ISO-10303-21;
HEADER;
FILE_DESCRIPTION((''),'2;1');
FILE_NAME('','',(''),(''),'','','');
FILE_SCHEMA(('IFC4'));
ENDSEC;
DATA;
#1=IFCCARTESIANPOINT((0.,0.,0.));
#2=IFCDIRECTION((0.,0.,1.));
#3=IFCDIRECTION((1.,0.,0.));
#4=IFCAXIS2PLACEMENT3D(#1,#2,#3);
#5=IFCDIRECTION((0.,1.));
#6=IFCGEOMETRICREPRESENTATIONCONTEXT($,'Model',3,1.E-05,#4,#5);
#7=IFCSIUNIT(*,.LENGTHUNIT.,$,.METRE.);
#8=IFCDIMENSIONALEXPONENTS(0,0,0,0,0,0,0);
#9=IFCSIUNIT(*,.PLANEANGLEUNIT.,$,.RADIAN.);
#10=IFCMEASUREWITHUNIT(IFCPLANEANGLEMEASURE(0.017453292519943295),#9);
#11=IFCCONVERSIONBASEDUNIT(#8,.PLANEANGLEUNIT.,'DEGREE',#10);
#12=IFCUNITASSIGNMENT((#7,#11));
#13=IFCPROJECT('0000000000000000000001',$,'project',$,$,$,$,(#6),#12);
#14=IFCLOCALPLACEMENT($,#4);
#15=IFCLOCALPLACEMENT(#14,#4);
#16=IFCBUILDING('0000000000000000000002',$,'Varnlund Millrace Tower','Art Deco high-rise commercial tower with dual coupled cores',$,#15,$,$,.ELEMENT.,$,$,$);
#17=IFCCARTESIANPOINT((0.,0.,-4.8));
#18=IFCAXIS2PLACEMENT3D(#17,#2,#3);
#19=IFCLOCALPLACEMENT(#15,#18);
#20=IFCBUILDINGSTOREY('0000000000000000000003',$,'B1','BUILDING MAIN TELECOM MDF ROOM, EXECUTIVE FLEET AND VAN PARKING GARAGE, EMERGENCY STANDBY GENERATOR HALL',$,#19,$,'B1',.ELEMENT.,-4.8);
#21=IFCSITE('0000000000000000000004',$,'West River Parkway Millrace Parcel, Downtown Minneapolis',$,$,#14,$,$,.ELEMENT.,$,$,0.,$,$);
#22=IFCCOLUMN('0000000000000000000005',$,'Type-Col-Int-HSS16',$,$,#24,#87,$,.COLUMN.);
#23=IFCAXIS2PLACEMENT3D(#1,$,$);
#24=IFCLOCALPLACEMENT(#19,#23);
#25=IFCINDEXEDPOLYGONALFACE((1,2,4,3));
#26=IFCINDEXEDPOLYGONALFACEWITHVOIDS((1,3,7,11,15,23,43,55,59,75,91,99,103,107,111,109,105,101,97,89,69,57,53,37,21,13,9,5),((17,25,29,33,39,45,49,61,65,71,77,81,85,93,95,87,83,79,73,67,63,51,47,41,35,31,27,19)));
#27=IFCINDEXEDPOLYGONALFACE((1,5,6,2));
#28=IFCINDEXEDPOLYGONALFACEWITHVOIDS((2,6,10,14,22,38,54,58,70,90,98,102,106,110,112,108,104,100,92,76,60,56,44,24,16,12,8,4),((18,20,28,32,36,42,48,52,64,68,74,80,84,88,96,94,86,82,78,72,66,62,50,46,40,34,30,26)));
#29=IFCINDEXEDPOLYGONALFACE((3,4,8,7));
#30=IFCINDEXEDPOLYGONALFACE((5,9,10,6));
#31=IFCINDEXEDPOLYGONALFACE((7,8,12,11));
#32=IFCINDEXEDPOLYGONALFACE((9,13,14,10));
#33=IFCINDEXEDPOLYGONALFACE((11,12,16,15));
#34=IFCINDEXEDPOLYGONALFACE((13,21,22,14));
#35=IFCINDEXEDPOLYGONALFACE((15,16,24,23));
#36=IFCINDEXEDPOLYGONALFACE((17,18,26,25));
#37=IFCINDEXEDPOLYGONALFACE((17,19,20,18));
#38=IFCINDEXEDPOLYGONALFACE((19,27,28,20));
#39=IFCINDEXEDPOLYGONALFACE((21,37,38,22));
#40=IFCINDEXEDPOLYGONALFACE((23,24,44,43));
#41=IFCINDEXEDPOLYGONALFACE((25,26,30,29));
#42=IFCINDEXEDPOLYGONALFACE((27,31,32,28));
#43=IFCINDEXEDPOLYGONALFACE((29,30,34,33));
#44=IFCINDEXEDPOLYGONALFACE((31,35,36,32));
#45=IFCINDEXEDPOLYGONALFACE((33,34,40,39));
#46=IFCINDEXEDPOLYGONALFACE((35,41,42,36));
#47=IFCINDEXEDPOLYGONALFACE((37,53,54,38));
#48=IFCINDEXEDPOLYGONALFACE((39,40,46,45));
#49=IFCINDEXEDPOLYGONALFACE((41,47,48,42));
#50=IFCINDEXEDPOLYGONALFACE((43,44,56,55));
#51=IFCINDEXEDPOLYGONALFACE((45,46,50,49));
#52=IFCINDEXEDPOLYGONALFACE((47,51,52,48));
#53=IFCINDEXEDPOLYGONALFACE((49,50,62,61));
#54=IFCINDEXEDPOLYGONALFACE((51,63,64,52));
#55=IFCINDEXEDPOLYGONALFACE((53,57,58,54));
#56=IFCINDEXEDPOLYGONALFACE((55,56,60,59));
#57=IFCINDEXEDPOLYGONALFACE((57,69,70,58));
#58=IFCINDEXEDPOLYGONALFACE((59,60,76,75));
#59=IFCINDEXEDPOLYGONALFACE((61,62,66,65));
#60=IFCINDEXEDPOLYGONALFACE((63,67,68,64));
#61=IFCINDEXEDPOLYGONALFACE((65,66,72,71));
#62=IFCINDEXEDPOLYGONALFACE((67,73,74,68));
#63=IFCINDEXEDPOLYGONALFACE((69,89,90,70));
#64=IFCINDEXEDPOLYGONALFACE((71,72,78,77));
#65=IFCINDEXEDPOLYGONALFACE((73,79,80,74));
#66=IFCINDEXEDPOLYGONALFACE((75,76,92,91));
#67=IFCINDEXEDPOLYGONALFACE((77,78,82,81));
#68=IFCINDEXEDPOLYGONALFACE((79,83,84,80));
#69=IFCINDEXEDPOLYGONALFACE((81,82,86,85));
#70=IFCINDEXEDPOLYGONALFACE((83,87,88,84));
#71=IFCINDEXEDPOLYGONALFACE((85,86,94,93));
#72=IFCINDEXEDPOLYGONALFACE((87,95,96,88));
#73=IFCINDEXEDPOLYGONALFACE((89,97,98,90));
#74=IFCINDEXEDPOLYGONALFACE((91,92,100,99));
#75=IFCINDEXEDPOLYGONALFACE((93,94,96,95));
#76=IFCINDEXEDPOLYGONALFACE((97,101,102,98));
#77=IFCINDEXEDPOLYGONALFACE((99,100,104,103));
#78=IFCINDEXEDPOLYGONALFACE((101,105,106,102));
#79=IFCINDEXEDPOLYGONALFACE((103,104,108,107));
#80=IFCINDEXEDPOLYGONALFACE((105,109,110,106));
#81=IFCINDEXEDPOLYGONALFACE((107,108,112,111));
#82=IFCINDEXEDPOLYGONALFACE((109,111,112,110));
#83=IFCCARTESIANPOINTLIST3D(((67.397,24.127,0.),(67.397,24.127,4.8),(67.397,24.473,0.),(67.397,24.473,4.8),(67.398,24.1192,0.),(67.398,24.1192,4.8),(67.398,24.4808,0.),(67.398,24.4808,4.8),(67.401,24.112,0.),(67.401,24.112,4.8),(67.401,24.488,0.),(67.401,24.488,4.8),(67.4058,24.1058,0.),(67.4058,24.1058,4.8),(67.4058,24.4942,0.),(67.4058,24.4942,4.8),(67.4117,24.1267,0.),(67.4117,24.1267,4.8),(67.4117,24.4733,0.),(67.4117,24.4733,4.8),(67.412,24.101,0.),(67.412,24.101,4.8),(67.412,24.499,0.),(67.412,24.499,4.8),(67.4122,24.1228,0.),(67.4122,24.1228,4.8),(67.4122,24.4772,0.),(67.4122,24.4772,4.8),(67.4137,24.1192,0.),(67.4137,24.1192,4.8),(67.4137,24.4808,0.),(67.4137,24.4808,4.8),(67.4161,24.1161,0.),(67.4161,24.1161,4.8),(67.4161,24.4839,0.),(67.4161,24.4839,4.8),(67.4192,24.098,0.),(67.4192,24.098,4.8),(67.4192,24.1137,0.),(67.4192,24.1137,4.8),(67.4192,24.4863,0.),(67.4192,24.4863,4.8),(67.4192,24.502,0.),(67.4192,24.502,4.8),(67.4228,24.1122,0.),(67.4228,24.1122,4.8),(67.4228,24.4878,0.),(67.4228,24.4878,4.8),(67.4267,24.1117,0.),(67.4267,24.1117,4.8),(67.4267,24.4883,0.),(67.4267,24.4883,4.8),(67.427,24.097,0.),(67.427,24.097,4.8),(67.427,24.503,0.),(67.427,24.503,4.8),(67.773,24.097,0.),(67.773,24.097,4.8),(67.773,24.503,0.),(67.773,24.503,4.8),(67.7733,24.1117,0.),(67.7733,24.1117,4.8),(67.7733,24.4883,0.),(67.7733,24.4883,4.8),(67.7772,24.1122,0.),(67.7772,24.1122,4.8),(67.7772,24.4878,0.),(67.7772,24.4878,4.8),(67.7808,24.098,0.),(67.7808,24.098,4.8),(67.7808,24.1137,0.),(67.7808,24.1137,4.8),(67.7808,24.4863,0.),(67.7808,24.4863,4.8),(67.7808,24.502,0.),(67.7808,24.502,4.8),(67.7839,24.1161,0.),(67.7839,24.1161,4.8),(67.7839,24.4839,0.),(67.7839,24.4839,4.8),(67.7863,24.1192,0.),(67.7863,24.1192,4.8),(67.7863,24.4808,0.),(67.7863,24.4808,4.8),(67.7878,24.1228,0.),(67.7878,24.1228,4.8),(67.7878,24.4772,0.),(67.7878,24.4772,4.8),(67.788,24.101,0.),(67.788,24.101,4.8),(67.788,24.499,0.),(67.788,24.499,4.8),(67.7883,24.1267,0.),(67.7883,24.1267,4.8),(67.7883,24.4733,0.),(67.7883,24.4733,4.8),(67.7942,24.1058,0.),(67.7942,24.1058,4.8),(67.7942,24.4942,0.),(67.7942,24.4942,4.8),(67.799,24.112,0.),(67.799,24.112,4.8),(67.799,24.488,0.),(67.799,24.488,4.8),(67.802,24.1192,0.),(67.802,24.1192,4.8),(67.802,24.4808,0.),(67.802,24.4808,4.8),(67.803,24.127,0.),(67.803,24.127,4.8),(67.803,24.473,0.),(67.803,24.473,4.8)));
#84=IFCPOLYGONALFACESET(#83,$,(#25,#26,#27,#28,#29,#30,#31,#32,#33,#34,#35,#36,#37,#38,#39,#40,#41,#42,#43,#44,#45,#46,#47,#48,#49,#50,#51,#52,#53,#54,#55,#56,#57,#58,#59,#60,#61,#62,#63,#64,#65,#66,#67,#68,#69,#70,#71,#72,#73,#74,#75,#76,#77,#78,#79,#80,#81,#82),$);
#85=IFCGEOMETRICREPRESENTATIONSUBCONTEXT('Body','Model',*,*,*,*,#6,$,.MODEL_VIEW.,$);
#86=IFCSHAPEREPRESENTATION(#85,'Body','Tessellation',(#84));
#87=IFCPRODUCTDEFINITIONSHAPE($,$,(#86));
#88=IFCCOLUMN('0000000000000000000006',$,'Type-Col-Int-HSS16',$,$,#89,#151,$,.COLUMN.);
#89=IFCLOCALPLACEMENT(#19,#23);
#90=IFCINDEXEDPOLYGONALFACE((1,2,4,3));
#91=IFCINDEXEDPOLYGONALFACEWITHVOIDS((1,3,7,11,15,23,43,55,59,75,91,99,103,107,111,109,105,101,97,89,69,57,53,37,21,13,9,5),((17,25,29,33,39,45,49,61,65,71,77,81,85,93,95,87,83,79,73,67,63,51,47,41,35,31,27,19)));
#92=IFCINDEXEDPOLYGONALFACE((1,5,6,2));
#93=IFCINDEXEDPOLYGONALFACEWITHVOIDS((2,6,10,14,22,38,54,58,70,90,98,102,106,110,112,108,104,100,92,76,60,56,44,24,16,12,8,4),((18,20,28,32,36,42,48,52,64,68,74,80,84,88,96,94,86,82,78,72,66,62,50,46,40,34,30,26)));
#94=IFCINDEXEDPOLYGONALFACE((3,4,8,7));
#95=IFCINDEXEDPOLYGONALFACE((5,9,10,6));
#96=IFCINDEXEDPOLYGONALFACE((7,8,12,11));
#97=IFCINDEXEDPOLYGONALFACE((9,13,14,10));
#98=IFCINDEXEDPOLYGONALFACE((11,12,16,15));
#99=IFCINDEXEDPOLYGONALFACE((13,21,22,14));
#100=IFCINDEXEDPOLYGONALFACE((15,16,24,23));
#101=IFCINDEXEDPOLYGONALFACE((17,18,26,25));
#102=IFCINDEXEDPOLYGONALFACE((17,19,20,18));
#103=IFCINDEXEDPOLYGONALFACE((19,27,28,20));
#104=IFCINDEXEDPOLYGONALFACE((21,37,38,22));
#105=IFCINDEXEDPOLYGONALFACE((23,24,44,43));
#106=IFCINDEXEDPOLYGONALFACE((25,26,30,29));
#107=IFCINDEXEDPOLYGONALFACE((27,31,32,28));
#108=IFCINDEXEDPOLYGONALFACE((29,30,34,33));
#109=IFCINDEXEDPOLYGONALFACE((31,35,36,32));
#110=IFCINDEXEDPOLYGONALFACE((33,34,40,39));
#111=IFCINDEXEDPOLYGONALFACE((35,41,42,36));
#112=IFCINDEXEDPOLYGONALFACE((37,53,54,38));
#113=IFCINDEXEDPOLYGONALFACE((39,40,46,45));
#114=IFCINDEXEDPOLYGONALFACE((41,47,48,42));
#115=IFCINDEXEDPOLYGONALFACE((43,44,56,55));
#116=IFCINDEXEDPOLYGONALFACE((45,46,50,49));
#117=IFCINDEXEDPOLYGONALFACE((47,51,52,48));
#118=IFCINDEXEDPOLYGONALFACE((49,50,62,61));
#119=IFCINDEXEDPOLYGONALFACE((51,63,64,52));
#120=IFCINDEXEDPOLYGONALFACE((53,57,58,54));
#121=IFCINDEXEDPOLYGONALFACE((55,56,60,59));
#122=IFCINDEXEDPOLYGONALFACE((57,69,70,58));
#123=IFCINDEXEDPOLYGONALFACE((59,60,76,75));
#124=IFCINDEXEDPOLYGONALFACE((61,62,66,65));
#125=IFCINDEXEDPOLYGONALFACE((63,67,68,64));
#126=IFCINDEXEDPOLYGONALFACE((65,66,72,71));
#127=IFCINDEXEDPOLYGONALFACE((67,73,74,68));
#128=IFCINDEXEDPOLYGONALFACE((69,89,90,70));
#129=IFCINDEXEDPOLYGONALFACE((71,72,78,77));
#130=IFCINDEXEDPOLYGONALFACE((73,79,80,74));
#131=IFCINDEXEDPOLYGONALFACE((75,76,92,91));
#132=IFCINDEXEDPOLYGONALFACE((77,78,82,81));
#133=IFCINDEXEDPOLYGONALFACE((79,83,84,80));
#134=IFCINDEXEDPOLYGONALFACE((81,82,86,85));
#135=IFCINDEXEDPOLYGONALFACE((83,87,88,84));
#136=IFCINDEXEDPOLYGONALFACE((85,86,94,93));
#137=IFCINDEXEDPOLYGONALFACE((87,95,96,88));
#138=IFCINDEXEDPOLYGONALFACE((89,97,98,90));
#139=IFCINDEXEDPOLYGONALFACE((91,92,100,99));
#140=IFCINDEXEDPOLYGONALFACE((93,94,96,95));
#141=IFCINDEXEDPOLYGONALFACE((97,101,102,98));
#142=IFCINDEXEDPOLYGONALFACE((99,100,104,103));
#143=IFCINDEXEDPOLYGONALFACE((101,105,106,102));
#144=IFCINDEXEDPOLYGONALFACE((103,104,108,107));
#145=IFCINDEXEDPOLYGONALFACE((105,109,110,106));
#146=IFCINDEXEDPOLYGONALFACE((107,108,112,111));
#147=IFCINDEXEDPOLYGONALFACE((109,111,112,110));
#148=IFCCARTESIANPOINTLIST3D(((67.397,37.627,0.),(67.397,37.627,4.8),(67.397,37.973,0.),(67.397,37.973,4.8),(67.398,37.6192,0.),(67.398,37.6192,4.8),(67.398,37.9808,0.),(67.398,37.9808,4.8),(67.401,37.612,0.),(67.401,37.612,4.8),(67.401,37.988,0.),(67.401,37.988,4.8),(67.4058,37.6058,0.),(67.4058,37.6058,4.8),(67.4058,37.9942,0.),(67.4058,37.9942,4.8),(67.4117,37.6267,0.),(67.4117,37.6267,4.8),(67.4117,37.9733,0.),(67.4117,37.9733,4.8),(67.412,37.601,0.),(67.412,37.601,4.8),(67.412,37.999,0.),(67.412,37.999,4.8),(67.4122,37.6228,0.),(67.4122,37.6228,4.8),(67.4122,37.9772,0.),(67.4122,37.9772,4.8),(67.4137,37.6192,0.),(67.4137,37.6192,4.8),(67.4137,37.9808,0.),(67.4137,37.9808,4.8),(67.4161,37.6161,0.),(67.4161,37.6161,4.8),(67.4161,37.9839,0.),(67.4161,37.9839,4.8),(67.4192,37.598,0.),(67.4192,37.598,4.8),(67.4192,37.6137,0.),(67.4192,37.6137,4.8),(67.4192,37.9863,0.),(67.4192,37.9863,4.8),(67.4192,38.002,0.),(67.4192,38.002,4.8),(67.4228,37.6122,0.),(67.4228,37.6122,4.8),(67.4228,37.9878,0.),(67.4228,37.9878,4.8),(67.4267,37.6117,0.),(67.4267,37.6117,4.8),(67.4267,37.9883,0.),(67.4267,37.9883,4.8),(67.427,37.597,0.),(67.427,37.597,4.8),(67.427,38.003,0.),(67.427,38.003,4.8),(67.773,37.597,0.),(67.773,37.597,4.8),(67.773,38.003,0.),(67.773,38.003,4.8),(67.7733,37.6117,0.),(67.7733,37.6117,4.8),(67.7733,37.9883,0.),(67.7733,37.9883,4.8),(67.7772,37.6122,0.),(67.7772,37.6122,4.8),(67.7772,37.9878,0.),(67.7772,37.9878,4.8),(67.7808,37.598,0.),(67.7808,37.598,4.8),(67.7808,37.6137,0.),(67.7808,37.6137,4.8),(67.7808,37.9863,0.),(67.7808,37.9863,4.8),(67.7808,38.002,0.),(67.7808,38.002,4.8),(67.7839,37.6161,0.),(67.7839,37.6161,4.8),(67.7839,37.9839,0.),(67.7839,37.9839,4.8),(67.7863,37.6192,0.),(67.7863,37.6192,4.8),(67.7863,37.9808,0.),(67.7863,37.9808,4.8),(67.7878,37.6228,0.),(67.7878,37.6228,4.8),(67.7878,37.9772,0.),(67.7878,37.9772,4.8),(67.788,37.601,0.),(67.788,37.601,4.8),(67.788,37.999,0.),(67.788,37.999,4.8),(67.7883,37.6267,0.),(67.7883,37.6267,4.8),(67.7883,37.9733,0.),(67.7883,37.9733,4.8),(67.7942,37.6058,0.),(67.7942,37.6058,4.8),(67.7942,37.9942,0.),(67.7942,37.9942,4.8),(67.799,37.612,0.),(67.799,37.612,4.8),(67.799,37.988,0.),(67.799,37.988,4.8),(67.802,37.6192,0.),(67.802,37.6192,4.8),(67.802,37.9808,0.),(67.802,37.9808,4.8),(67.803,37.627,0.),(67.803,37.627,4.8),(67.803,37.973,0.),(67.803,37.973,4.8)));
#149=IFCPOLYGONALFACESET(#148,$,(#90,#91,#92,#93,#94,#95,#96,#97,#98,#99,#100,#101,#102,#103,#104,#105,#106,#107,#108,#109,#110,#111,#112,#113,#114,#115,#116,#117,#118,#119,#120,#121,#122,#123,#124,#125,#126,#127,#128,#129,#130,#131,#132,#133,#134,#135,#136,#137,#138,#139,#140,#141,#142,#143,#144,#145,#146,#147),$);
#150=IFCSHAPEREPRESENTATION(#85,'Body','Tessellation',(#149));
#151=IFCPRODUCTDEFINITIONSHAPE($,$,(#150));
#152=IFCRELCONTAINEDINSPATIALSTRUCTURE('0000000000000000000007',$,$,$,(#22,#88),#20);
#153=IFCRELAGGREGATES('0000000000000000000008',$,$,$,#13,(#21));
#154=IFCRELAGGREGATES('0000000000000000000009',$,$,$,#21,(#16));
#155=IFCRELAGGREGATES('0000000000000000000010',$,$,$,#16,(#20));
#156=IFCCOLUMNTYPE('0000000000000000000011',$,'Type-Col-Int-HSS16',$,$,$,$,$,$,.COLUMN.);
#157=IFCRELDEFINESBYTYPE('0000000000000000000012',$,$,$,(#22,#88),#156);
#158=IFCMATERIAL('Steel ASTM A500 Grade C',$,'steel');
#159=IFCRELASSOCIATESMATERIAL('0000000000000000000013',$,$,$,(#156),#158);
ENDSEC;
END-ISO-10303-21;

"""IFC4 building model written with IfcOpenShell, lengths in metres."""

from ifc_helpers import new_model, entity, si_unit, converted_unit, direction, frame, origin_with_axes, origin_2d_with_axis, place, context, subcontext, project, spatial, hollow_rectangle, extrude, material, material_profile, profile_set, type_object, element, save


model = new_model("IFC4")

# Units and contexts
model_context = context("Model", 3, precision=1e-05, world=origin_with_axes(), true_north=direction((0.0, 1.0)))
body_context = subcontext(model_context, "Body", "Model", "MODEL_VIEW")
ifc_project = project(units=[si_unit("LENGTHUNIT", "METRE"), converted_unit("PLANEANGLEUNIT", "DEGREE", entity("IfcPlaneAngleMeasure", 0.017453292519943295), si_unit("PLANEANGLEUNIT", "RADIAN"), dimensions=[0, 0, 0, 0, 0, 0, 0])], contexts=[model_context])

# Site, building, storey
site_placement = place(None, origin_with_axes())
site = spatial("IfcSite", under=ifc_project, at=site_placement, Name="West River Parkway Millrace Parcel, Downtown Minneapolis", CompositionType="ELEMENT", RefElevation=0.0)
building_placement = place(site_placement, origin_with_axes())
building = spatial("IfcBuilding", under=site, at=building_placement, Name="Varnlund Millrace Tower", Description="Art Deco high-rise commercial tower with dual coupled cores", CompositionType="ELEMENT")
storey_placement = place(building_placement, frame((0.0, 0.0, -4.8), z_axis=(0.0, 0.0, 1.0), x_axis=(1.0, 0.0, 0.0)))
storey = spatial("IfcBuildingStorey", under=building, at=storey_placement, Name="B1", Description="BUILDING MAIN TELECOM MDF ROOM, EXECUTIVE FLEET AND VAN PARKING GARAGE, EMERGENCY STANDBY GENERATOR HALL", LongName="B1", CompositionType="ELEMENT", Elevation=-4.8)

# Columns
ifc_material_1 = material(Name="Steel ASTM A500 Grade C", Category="steel")
ifc_material_profile_1 = material_profile(ifc_material_1, hollow_rectangle(XDim=0.406, YDim=0.406, WallThickness=0.0147, InnerFilletRadius=0.015, OuterFilletRadius=0.03, at=origin_2d_with_axis()), Name="Steel ASTM A500 Grade C")
ifc_profile_set_1 = profile_set([ifc_material_profile_1], Name="Steel ASTM A500 Grade C")
column_type_1 = type_object("IfcColumnType", Name="Type-Col-Int-HSS16", PredefinedType="COLUMN", material=ifc_profile_set_1)
for number, where, z_axis, x_axis, name in (
    (1, (67.6, 24.3, 0.0), (0.0, 0.0, 1.0), (1.0, 0.0, 0.0), "Type-Col-Int-HSS16"),
    (2, (67.6, 37.8, 0.0), (0.0, 0.0, 1.0), (1.0, 0.0, 0.0), "Type-Col-Int-HSS16"),
):
    element("IfcColumn", number, at=place(storey_placement, frame(where, z_axis=z_axis, x_axis=x_axis)), inside=storey, type_object=column_type_1, Name=name, PredefinedType="COLUMN", context=body_context, shape_type="SweptSolid", body=[
        extrude(hollow_rectangle(XDim=0.406, YDim=0.406, WallThickness=0.0147, InnerFilletRadius=0.015, OuterFilletRadius=0.03, at=origin_2d_with_axis()), origin_with_axes(), (0.0, 0.0, 1.0), 4.8),
    ])

save(model, "model.ifc")
